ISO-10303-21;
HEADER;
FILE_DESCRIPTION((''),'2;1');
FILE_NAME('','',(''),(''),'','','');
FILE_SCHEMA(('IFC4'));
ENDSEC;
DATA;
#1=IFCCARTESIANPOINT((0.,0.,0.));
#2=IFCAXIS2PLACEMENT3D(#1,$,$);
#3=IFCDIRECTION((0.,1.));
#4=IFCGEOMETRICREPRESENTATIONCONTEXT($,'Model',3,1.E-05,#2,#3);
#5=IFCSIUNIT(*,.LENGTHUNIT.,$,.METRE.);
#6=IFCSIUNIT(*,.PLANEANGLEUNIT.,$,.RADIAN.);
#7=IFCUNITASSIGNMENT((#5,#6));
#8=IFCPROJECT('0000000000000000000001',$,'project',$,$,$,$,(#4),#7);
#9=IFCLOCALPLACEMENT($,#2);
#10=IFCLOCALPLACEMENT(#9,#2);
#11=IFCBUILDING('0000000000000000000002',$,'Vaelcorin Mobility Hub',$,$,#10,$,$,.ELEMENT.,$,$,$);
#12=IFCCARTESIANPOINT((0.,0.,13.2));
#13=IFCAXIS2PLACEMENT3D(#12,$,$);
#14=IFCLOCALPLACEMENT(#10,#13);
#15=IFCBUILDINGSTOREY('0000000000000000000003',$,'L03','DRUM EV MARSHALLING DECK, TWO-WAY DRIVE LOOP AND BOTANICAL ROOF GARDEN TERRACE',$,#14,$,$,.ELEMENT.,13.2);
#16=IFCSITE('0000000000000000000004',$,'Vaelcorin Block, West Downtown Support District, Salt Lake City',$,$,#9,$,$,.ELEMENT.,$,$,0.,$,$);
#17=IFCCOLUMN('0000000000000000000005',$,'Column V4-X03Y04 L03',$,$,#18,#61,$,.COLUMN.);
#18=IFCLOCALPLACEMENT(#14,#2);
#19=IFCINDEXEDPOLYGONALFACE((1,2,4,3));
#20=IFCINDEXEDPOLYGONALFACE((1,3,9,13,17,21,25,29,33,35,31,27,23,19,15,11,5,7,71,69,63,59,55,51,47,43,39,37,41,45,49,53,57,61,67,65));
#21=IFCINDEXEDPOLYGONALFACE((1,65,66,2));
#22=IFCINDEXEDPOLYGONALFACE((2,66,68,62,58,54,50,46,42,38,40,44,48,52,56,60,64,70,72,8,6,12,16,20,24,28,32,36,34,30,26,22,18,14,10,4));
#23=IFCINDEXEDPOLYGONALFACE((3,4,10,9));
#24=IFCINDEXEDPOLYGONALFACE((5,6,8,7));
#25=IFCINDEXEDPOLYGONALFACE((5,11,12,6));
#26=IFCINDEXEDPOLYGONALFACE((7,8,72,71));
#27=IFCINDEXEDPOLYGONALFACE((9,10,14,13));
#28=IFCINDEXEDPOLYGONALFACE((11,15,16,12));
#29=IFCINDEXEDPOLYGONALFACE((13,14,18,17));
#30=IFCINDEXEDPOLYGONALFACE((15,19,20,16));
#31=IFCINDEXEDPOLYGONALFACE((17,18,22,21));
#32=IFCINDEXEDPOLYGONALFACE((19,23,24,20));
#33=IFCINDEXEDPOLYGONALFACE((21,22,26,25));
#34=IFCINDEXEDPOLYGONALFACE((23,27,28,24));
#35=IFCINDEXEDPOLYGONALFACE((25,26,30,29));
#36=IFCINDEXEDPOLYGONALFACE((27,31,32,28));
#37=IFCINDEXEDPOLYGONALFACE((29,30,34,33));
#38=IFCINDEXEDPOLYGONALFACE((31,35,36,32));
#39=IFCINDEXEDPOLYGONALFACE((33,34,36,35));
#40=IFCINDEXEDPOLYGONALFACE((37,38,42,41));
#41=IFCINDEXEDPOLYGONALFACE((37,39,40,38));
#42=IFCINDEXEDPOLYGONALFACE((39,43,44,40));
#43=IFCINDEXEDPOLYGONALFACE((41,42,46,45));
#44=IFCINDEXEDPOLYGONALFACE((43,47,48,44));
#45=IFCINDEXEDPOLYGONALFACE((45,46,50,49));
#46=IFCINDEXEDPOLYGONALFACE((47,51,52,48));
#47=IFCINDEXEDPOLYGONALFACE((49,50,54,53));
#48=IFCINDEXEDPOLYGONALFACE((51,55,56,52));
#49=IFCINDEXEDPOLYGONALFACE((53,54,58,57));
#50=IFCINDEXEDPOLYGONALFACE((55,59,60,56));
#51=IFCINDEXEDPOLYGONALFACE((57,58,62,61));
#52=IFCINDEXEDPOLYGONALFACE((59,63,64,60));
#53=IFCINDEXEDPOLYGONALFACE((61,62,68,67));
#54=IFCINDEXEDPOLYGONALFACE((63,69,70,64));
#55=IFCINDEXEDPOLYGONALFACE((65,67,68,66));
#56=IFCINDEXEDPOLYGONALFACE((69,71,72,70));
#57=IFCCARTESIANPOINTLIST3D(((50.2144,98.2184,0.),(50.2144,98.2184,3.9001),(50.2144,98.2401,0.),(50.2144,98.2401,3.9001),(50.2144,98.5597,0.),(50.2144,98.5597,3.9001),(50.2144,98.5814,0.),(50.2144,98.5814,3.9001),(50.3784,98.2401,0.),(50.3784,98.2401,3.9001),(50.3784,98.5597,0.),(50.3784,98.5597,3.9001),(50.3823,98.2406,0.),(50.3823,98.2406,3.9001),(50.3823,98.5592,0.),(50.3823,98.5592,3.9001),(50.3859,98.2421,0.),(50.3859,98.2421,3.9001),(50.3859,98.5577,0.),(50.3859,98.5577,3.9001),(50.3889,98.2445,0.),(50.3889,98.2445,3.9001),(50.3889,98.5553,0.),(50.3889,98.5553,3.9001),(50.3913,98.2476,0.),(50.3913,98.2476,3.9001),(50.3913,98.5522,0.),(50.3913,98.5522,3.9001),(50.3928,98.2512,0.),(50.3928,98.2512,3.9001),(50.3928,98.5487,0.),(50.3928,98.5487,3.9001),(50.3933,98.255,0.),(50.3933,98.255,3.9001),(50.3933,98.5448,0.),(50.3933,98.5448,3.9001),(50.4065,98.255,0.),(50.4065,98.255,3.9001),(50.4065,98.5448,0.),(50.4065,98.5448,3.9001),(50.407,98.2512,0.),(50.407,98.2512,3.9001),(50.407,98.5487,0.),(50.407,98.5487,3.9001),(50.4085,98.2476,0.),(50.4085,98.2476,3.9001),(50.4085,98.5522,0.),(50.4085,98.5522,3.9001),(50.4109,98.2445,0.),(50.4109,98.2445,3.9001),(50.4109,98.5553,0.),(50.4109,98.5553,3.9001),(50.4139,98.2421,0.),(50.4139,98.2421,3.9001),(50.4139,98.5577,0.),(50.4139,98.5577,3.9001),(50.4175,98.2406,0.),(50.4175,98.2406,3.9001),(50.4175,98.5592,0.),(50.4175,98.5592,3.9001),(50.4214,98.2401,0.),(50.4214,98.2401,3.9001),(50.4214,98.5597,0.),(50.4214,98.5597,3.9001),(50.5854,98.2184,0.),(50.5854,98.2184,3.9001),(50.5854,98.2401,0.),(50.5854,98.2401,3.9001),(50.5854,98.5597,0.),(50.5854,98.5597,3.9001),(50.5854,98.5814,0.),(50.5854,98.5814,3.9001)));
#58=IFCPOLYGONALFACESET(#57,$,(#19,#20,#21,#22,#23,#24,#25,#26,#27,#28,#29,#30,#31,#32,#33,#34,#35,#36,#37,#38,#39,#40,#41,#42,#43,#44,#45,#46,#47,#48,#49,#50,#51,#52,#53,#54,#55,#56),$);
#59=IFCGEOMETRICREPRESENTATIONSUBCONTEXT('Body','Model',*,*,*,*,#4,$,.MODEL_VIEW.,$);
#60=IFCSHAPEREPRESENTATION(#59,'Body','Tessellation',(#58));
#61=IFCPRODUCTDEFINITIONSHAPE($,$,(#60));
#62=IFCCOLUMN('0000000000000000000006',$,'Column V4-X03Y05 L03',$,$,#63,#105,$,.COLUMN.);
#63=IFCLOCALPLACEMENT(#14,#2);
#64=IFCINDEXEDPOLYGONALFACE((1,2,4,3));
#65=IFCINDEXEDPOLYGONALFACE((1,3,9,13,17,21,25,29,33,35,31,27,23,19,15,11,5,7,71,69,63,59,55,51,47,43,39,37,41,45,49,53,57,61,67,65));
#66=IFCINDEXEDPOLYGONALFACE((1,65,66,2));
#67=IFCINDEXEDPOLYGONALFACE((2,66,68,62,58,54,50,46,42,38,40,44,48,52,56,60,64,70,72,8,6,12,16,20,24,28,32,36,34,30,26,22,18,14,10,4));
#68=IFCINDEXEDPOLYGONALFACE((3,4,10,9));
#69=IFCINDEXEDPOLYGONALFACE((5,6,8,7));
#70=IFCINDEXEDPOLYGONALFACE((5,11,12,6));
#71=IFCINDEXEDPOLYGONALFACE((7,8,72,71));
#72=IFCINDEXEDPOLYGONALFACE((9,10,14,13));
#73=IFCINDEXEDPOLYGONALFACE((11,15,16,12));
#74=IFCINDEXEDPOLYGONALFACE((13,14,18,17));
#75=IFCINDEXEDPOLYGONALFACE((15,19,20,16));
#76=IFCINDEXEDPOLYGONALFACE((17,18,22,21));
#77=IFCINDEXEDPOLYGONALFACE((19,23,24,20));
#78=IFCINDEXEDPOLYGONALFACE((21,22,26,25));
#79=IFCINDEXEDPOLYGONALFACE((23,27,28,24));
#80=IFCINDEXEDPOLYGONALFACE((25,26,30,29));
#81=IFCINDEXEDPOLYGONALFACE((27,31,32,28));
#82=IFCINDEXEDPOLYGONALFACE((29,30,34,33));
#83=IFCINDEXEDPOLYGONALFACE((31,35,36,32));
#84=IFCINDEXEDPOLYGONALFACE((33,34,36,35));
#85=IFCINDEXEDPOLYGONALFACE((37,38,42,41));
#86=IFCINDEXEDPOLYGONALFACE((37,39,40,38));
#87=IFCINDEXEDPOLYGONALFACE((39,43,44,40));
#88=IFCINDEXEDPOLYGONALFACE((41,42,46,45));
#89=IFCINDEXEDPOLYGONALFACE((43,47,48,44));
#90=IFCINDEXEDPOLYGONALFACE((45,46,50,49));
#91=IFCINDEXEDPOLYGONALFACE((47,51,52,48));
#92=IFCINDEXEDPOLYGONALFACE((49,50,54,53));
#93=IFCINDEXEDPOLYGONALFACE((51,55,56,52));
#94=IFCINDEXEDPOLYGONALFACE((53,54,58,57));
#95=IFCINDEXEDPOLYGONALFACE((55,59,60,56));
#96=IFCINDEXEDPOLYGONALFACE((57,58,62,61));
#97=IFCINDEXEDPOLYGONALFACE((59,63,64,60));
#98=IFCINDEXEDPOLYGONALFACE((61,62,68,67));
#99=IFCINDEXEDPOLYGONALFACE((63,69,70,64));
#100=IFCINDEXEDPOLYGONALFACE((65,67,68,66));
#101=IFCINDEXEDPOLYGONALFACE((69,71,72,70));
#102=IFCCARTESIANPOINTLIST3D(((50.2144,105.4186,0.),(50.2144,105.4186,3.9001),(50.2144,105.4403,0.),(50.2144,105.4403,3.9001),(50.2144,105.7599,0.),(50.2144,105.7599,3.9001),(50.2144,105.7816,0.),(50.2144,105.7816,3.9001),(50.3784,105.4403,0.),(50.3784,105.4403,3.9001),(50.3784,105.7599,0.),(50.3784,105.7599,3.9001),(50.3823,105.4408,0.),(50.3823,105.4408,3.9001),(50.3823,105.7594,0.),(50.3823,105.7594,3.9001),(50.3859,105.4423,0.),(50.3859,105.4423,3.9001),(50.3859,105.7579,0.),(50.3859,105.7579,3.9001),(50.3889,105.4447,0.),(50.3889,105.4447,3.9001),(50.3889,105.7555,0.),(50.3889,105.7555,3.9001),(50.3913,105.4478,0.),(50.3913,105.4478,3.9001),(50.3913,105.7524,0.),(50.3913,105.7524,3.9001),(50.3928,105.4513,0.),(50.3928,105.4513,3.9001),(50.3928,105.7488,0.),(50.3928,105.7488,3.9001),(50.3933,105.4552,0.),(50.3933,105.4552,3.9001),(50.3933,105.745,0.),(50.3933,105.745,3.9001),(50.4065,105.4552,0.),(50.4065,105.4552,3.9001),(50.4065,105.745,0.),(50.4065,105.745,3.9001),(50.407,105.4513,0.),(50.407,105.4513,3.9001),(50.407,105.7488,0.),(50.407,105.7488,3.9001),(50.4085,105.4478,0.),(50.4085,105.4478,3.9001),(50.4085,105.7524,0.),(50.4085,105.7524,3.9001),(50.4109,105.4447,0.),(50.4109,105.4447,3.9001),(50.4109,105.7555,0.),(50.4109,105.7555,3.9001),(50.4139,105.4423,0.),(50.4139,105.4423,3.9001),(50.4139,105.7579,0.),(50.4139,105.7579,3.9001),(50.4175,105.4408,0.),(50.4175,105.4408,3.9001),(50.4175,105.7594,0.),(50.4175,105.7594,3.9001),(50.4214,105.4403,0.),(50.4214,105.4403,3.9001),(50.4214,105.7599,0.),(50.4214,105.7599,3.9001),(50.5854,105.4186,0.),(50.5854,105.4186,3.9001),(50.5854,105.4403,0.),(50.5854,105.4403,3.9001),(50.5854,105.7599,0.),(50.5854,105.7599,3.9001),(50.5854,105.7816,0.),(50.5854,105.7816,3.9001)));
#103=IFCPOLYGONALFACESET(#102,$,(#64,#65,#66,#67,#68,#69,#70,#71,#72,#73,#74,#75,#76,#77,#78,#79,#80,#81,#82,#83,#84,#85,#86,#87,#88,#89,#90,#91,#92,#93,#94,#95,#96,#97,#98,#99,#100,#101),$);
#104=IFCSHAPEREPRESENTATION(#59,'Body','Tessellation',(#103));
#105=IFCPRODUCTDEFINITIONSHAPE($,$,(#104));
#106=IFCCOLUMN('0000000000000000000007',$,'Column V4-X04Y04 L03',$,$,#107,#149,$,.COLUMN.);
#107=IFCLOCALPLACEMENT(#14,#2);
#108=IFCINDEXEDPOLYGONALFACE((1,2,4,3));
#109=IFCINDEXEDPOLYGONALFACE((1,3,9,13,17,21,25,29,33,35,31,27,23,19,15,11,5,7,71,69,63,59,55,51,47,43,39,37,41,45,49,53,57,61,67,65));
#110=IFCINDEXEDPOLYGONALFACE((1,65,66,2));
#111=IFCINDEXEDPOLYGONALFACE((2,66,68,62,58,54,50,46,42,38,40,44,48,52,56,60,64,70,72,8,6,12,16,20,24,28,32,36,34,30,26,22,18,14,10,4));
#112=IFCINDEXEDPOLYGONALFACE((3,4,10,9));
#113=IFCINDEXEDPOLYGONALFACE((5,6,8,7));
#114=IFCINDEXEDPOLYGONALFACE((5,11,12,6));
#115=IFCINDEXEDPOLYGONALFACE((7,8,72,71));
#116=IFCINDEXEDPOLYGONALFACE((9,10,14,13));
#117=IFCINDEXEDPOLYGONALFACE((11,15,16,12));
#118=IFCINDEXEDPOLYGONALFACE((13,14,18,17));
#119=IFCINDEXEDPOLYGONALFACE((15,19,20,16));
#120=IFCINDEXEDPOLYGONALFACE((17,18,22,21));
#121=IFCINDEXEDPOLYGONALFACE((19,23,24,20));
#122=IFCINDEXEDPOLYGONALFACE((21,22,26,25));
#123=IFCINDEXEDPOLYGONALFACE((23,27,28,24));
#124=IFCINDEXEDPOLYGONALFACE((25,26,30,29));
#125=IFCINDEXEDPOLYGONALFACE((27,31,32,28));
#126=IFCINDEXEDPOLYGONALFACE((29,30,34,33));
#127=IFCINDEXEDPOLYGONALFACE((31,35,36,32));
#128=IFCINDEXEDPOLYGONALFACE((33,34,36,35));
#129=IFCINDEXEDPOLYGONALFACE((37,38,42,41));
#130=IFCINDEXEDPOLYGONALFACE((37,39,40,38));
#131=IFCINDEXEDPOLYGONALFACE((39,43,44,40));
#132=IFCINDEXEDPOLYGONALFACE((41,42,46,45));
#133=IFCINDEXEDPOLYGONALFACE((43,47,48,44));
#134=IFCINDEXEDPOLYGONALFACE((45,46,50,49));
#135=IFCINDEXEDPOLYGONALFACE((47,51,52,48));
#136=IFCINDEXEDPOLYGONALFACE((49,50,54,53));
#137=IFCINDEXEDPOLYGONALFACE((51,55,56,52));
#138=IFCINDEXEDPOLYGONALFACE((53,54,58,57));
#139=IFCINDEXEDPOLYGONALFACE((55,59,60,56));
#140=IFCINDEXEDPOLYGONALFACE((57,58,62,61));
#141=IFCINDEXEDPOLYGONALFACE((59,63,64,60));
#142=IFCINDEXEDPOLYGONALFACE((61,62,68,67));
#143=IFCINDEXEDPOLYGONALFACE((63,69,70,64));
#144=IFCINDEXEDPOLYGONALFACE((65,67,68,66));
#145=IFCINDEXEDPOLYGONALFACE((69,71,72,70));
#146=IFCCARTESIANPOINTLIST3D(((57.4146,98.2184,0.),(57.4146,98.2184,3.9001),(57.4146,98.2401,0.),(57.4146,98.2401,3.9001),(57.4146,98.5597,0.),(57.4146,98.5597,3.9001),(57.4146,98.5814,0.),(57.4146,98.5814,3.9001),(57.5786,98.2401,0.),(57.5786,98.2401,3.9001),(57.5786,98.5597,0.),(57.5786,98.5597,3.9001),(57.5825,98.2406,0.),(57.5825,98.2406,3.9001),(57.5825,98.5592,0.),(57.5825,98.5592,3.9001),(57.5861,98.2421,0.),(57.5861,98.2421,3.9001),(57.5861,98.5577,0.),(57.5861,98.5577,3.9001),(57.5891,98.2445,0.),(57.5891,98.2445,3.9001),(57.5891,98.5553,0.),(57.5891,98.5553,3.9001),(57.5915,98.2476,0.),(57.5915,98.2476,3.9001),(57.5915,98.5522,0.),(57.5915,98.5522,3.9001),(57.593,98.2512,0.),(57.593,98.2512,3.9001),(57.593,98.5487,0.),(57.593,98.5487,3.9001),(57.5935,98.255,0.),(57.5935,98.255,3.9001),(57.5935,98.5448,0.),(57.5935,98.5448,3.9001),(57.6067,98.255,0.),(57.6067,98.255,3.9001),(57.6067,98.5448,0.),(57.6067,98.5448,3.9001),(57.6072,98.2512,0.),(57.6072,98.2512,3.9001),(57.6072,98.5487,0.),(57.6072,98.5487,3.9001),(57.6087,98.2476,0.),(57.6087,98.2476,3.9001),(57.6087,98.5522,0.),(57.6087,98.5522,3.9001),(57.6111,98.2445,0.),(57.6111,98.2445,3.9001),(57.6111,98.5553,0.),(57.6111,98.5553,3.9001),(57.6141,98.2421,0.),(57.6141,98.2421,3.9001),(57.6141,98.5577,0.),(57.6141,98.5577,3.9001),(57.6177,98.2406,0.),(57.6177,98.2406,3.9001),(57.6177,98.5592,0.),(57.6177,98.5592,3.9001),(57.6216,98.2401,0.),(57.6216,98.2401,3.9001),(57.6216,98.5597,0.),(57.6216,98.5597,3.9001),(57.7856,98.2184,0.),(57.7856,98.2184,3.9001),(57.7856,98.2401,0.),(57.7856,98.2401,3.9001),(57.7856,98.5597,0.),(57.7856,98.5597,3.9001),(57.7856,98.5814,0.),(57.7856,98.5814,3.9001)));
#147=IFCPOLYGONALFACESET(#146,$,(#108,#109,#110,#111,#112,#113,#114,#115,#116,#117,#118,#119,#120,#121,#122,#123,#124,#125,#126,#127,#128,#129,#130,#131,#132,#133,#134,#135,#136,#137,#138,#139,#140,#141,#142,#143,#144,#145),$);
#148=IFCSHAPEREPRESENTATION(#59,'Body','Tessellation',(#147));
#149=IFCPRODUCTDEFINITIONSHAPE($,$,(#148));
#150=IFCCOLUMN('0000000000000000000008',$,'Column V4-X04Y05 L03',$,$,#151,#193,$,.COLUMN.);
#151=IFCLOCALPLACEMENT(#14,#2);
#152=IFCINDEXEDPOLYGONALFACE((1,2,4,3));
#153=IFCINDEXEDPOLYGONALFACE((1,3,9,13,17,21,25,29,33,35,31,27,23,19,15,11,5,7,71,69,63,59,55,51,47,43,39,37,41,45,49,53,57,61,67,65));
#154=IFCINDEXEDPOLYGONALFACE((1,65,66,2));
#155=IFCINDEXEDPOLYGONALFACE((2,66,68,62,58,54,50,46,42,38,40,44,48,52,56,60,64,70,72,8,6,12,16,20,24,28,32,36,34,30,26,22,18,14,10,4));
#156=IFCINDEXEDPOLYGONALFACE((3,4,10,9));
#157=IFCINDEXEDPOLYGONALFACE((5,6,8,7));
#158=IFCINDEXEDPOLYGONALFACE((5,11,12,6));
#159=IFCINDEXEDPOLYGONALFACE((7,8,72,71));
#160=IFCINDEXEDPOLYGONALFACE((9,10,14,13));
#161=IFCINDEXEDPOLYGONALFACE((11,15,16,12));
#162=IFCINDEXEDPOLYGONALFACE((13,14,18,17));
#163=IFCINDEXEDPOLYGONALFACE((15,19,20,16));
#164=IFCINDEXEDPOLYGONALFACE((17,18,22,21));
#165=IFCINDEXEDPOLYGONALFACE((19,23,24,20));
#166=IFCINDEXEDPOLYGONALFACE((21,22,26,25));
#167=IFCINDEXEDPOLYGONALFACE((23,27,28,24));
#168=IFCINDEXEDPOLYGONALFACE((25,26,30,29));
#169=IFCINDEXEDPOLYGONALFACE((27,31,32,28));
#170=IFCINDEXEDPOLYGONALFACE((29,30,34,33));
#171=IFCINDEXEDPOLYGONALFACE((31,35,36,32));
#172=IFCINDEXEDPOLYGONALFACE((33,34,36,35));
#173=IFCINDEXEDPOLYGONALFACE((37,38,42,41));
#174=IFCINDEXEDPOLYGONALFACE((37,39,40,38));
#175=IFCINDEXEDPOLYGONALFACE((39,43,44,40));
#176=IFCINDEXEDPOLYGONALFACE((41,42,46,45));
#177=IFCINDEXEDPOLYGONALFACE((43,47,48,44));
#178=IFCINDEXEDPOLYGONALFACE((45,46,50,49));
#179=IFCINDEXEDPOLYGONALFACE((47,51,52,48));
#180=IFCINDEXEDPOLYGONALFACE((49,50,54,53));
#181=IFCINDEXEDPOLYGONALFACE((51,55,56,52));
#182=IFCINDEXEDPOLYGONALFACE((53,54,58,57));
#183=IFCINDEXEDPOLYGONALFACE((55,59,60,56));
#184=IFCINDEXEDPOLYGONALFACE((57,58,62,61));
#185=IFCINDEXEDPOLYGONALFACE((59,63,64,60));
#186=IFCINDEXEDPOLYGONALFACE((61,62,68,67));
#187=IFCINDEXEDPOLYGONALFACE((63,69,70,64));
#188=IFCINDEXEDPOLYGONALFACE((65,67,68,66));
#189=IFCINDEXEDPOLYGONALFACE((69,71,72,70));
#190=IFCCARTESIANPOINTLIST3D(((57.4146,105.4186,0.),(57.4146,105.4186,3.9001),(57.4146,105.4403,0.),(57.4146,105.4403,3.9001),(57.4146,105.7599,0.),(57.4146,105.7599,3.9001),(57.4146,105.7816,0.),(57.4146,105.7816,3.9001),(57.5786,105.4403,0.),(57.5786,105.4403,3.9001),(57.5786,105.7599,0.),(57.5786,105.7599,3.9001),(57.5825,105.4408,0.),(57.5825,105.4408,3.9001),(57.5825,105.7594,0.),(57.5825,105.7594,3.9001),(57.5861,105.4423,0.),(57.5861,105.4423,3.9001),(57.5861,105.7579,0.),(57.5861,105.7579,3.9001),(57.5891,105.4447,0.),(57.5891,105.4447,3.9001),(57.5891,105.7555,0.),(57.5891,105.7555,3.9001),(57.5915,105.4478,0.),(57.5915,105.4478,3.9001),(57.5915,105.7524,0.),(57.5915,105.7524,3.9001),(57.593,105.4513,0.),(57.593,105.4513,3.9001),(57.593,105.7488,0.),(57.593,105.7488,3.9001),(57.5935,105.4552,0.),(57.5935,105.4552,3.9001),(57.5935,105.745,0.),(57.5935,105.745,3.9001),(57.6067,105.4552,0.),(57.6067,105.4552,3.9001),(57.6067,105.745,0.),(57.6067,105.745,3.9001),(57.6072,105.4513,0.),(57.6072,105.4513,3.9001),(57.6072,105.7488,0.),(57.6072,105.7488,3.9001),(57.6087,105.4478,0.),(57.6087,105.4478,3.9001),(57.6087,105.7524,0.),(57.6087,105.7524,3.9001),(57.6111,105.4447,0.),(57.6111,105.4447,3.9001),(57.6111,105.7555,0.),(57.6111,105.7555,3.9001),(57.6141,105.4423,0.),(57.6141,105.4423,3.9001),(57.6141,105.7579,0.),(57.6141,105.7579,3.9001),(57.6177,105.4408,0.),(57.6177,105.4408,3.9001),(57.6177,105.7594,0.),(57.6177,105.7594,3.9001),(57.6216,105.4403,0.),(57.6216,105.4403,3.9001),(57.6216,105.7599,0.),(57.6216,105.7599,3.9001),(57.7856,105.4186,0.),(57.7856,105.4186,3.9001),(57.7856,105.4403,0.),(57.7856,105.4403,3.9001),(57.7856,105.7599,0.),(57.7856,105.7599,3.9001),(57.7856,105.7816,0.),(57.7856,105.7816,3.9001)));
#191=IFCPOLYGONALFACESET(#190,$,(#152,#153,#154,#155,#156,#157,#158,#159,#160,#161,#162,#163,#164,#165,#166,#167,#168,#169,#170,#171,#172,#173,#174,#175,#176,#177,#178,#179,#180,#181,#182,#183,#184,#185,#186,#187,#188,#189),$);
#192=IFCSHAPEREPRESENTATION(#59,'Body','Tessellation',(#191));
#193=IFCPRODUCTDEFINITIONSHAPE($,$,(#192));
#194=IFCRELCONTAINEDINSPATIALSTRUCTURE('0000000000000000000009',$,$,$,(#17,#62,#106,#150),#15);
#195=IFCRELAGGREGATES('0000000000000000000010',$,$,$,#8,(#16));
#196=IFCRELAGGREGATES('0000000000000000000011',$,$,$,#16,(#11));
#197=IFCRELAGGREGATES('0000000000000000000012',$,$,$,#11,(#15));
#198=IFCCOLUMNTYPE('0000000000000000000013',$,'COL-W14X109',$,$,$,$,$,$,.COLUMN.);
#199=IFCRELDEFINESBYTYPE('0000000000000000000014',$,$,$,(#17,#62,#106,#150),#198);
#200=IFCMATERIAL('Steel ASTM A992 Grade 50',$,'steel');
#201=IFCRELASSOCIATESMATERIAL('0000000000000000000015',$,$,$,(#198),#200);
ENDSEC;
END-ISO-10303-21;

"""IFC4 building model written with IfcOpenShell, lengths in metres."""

from ifc_helpers import new_model, si_unit, direction, frame, origin, origin_2d, place, context, subcontext, project, spatial, i_section, extrude, material, material_profile, profile_set, type_object, element, save


model = new_model("IFC4")

# Units and contexts
model_context = context("Model", 3, precision=1e-05, world=origin(), true_north=direction((0.0, 1.0)))
body_context = subcontext(model_context, "Body", "Model", "MODEL_VIEW")
ifc_project = project(units=[si_unit("LENGTHUNIT", "METRE"), si_unit("PLANEANGLEUNIT", "RADIAN")], contexts=[model_context])

# Site, building, storey
site_placement = place(None, origin())
site = spatial("IfcSite", under=ifc_project, at=site_placement, Name="Vaelcorin Block, West Downtown Support District, Salt Lake City", CompositionType="ELEMENT", RefElevation=0.0)
building_placement = place(site_placement, origin())
building = spatial("IfcBuilding", under=site, at=building_placement, Name="Vaelcorin Mobility Hub", CompositionType="ELEMENT")
storey_placement = place(building_placement, frame((0.0, 0.0, 13.2)))
storey = spatial("IfcBuildingStorey", under=building, at=storey_placement, Name="L03", Description="DRUM EV MARSHALLING DECK, TWO-WAY DRIVE LOOP AND BOTANICAL ROOF GARDEN TERRACE", CompositionType="ELEMENT", Elevation=13.2)

# Columns
ifc_material_1 = material(Name="Steel ASTM A992 Grade 50", Category="steel")
ifc_material_profile_1 = material_profile(ifc_material_1, i_section(OverallWidth=0.3711, OverallDepth=0.363, WebThickness=0.0132, FlangeThickness=0.0217, FilletRadius=0.0149, at=origin_2d()), Name="W14X109")
ifc_profile_set_1 = profile_set([ifc_material_profile_1], Name="Steel ASTM A992 Grade 50")
column_type_1 = type_object("IfcColumnType", Name="COL-W14X109", PredefinedType="COLUMN", material=ifc_profile_set_1)
for number, where, z_axis, x_axis, name in (
    (1, (50.3999, 98.3999, 0.0), (0.0, 0.0, 1.0), (1.0, 0.0, 0.0), "Column V4-X03Y04 L03"),
    (2, (50.3999, 105.6001, 0.0), (0.0, 0.0, 1.0), (1.0, 0.0, 0.0), "Column V4-X03Y05 L03"),
    (3, (57.6001, 98.3999, 0.0), (0.0, 0.0, 1.0), (1.0, 0.0, 0.0), "Column V4-X04Y04 L03"),
    (4, (57.6001, 105.6001, 0.0), (0.0, 0.0, 1.0), (1.0, 0.0, 0.0), "Column V4-X04Y05 L03"),
):
    element("IfcColumn", number, at=place(storey_placement, frame(where, z_axis=z_axis, x_axis=x_axis)), inside=storey, type_object=column_type_1, Name=name, PredefinedType="COLUMN", context=body_context, shape_type="SweptSolid", body=[
        extrude(i_section(OverallWidth=0.3711, OverallDepth=0.363, WebThickness=0.0132, FlangeThickness=0.0217, FilletRadius=0.0149, at=origin_2d()), origin(), (0.0, 0.0, 1.0), 3.9001),
    ])

save(model, "model.ifc")
